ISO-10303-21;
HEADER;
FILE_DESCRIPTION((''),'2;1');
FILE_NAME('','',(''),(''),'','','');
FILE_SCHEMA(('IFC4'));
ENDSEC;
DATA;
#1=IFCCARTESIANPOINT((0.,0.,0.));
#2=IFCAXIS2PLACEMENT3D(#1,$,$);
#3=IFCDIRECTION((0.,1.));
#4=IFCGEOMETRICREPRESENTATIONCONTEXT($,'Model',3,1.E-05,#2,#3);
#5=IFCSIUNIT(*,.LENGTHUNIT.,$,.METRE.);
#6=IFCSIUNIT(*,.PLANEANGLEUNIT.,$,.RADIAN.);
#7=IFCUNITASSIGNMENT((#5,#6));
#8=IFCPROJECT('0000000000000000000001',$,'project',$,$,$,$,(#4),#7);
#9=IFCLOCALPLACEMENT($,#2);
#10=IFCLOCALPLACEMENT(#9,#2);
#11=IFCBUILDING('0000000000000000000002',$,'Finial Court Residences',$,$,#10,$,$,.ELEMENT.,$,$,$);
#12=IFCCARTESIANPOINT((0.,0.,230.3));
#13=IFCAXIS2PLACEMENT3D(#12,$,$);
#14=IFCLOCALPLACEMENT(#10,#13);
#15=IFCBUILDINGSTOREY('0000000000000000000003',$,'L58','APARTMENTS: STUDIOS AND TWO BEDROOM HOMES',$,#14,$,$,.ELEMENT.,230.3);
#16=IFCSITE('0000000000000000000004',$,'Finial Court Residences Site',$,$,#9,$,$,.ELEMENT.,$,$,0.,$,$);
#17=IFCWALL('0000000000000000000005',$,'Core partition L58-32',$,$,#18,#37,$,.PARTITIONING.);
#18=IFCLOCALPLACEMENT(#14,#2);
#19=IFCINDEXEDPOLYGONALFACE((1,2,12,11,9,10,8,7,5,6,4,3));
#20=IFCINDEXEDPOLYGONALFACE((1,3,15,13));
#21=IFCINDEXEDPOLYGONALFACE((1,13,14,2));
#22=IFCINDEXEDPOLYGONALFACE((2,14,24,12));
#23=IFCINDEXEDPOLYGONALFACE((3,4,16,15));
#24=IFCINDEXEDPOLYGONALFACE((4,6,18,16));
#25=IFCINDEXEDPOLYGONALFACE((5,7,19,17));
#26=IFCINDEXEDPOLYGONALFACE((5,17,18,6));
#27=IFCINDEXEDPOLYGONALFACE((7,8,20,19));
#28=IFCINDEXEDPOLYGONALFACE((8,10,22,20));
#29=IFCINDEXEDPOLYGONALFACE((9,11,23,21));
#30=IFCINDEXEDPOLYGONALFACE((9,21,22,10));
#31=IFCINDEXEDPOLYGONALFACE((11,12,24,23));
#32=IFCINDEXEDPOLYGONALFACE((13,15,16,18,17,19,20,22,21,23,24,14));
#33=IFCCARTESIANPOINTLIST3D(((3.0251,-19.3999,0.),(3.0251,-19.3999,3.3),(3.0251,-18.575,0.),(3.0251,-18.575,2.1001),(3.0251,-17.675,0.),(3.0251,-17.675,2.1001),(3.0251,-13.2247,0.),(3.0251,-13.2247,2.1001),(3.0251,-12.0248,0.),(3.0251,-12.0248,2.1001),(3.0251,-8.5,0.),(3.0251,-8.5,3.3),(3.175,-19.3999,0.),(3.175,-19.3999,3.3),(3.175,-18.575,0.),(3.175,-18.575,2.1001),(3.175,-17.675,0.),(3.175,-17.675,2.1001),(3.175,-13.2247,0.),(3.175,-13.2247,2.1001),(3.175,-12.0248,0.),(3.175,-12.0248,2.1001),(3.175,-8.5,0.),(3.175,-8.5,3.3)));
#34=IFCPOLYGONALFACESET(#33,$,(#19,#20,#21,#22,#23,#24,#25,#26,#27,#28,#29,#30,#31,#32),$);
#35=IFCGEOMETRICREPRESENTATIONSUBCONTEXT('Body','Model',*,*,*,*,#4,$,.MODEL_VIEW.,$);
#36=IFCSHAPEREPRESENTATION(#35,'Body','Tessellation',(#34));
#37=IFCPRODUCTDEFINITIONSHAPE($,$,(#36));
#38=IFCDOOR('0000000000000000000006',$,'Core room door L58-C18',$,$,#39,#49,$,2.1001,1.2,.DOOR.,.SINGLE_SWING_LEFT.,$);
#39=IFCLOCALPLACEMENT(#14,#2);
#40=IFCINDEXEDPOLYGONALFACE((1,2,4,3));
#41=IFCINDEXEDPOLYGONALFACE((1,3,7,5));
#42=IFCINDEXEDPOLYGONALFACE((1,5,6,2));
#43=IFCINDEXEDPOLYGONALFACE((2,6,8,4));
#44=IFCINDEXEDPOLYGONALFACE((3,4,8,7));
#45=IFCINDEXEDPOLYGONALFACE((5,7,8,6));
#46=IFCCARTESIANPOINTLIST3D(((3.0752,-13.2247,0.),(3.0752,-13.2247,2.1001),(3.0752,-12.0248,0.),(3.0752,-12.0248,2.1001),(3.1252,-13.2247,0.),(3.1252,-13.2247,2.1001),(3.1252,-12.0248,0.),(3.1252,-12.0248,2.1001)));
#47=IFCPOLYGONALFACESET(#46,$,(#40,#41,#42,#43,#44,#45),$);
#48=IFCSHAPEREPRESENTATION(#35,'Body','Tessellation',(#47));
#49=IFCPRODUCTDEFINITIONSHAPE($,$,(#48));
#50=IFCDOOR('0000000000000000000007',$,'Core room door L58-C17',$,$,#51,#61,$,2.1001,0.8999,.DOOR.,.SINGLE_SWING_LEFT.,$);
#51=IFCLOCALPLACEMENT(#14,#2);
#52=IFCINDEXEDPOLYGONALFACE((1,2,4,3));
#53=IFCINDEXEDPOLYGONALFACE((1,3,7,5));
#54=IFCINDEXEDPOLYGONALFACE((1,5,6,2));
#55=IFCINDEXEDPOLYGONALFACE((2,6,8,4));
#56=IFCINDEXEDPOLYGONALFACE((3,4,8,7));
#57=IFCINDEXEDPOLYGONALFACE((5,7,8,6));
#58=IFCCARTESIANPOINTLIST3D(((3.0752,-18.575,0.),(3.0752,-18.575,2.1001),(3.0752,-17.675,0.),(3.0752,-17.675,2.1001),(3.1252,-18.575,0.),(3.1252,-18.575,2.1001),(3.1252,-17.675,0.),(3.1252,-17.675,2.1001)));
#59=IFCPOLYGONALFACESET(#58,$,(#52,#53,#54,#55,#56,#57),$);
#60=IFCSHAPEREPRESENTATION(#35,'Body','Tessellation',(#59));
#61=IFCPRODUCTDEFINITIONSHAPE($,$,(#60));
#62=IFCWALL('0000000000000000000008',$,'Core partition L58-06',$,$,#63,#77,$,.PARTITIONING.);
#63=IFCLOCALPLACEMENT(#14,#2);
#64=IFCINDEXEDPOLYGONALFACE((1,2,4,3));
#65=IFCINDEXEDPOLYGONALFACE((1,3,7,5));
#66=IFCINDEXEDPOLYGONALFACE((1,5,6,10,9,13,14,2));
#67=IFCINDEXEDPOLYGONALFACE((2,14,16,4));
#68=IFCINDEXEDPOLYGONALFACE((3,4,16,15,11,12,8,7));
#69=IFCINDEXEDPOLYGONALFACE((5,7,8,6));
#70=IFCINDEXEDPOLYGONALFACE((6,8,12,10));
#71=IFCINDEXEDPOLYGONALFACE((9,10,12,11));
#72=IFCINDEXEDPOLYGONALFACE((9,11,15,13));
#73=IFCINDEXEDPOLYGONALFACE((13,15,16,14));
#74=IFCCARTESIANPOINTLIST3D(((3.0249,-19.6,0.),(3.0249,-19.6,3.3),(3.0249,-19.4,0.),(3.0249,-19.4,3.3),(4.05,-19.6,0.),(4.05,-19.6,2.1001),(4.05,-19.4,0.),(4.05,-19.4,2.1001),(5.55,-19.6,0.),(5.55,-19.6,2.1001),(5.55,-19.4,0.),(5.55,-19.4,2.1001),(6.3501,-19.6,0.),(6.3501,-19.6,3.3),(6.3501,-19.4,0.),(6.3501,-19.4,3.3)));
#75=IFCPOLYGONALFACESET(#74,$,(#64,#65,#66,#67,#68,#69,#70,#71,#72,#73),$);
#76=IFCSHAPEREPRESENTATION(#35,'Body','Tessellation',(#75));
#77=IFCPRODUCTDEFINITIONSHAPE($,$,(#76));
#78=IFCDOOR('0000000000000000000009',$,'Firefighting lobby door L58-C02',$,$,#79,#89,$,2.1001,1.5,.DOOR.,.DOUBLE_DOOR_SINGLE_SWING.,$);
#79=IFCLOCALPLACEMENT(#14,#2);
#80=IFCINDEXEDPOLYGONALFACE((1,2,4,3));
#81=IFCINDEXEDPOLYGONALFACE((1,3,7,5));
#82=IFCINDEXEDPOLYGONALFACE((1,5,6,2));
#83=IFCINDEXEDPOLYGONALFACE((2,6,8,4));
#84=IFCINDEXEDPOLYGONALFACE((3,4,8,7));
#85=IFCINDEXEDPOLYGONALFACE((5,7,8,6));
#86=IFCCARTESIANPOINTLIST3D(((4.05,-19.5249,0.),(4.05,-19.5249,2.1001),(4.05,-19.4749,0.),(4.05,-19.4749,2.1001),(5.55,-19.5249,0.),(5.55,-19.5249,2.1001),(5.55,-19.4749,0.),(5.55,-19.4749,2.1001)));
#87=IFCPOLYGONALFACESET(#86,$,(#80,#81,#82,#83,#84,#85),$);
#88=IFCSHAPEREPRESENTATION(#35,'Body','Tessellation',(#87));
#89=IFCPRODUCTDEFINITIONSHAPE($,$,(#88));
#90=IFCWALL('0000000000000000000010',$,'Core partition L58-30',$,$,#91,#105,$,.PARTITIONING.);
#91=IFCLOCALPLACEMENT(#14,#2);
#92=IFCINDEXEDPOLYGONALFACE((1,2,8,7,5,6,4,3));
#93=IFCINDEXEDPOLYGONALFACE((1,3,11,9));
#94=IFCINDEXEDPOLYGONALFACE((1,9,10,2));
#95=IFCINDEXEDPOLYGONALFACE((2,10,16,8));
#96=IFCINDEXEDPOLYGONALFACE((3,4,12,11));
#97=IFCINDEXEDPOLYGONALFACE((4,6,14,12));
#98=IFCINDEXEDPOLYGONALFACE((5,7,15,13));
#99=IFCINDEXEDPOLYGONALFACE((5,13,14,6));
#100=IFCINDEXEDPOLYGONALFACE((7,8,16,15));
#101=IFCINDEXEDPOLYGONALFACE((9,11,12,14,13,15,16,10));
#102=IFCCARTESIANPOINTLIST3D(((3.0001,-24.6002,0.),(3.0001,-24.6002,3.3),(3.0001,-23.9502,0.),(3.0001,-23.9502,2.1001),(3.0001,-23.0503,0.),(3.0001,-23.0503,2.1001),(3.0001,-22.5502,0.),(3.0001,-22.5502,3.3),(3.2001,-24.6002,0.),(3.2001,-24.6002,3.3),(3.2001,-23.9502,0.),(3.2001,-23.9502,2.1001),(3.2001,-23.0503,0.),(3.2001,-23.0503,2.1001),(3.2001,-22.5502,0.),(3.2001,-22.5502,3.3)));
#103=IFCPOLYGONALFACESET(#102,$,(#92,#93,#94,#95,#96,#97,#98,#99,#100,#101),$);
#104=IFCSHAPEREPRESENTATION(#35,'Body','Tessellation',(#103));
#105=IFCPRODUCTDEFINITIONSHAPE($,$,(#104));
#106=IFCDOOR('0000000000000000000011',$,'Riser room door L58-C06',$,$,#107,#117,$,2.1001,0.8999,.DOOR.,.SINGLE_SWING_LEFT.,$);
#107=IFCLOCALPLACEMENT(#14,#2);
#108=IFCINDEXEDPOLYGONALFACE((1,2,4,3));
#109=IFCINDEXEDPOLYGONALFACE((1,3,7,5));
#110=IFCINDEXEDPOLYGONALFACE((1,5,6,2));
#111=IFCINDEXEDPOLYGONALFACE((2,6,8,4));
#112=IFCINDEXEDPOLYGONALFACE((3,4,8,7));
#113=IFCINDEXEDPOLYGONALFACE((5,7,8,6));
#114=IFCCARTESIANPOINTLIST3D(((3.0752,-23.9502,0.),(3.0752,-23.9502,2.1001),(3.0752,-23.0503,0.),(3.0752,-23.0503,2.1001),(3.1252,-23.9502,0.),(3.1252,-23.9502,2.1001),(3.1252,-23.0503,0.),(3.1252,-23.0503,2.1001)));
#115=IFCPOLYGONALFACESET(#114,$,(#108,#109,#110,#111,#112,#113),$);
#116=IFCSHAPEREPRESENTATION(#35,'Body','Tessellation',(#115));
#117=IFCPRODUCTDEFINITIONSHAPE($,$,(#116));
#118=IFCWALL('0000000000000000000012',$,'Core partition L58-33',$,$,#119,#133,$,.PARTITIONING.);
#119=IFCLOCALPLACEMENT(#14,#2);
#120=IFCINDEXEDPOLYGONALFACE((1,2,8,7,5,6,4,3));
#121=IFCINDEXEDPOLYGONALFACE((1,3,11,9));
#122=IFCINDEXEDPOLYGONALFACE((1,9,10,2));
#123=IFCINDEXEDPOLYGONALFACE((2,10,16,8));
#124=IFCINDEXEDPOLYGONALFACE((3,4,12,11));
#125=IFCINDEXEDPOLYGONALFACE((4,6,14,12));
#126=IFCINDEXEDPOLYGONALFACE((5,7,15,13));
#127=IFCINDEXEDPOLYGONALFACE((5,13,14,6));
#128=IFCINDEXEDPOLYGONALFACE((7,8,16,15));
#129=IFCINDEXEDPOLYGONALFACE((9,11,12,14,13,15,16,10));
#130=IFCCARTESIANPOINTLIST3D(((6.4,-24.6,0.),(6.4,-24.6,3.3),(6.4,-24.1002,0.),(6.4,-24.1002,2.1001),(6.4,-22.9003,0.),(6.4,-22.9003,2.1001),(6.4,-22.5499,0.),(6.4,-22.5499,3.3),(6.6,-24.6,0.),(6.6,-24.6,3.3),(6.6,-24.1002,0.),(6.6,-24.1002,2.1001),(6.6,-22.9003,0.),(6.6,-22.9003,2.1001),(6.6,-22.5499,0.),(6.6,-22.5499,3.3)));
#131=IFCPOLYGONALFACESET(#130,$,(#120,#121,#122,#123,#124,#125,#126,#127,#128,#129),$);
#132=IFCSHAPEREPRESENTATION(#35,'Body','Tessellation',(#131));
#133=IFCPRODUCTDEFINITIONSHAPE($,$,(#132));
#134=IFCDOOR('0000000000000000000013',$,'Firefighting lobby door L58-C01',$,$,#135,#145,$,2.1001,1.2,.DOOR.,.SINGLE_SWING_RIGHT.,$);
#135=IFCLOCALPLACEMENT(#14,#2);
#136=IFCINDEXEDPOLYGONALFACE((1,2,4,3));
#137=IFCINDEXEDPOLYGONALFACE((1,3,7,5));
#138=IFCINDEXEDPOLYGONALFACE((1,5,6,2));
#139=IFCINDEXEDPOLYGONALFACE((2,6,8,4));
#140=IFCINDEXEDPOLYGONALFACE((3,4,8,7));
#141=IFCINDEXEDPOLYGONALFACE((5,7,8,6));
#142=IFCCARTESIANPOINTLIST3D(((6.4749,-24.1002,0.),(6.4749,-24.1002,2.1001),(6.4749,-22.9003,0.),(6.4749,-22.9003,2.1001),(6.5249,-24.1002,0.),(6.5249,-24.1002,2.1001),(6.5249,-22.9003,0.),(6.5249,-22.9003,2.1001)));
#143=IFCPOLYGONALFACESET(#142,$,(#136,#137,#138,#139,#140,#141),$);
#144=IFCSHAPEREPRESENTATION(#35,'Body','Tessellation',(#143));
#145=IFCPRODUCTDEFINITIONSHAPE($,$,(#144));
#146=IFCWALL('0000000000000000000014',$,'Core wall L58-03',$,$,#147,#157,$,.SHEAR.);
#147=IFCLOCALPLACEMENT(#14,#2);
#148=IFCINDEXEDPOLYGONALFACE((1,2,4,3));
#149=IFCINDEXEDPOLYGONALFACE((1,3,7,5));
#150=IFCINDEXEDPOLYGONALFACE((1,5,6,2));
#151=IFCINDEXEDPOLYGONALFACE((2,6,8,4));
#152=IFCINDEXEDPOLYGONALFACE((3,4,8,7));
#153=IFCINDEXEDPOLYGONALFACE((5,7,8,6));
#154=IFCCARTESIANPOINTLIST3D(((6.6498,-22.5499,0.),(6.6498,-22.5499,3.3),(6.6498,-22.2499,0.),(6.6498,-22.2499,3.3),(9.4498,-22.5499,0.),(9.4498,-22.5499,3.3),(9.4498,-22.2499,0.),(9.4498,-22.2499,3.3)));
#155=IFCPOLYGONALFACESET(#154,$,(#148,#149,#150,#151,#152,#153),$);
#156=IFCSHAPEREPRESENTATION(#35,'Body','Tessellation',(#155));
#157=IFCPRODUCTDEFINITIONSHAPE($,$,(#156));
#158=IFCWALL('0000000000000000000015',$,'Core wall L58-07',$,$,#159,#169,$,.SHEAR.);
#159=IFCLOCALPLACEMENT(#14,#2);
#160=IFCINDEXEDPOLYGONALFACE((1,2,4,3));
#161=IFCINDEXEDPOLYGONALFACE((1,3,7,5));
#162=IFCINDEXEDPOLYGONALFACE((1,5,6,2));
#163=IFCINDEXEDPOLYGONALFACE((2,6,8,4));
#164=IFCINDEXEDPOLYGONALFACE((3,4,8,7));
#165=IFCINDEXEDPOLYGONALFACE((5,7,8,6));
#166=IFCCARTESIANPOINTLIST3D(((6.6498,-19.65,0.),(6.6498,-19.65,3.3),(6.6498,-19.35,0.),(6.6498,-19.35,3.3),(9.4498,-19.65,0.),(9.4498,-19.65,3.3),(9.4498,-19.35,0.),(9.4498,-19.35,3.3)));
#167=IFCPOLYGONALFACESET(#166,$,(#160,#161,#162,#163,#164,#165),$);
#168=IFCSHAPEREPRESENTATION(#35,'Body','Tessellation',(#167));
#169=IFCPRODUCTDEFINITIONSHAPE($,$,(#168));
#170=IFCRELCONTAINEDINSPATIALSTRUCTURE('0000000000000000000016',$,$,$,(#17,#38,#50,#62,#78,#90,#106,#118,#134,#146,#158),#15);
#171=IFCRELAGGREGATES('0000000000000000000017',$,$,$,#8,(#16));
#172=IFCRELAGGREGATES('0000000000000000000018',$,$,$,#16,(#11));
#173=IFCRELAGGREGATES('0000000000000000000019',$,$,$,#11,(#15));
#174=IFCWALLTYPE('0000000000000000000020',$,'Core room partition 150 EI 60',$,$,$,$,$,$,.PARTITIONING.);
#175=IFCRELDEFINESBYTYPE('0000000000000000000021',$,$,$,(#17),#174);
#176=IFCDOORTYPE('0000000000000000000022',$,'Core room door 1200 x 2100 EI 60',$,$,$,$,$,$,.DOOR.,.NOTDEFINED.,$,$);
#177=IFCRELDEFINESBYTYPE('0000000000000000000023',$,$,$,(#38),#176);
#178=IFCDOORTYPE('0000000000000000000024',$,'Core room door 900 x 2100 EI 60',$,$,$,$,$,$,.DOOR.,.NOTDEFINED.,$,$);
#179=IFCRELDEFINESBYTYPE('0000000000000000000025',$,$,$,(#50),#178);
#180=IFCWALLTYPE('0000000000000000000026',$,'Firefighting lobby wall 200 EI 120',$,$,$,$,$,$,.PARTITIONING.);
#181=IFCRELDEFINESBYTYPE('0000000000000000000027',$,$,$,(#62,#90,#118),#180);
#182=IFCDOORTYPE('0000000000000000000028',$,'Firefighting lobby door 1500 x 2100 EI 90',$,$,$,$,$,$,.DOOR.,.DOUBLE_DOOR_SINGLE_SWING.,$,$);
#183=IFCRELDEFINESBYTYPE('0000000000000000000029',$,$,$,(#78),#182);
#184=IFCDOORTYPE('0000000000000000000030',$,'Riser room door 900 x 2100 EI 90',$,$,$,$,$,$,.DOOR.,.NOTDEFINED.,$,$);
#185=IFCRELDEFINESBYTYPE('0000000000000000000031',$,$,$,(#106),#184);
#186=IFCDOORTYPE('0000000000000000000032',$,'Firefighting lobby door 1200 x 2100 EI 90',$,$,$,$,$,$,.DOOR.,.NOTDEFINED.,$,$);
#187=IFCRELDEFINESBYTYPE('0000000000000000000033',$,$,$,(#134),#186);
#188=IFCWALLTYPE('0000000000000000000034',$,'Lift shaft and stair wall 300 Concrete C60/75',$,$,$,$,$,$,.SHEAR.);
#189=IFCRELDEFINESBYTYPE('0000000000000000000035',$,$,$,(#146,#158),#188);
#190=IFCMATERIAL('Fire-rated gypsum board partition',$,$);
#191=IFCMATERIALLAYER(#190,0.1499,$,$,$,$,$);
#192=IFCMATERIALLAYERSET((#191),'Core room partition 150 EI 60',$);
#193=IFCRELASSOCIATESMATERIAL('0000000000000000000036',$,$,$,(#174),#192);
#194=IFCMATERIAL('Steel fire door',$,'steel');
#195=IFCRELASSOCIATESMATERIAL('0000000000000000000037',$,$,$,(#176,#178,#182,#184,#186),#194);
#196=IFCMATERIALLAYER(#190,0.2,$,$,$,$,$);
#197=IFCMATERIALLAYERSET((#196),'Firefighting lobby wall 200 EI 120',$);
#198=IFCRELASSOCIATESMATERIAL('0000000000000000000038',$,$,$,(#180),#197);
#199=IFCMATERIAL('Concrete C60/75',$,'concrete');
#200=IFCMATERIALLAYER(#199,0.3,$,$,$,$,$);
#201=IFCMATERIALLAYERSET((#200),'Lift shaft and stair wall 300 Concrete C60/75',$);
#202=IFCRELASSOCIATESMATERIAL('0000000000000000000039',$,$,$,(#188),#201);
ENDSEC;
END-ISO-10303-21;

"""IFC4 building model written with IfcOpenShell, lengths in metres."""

from ifc_helpers import new_model, si_unit, direction, frame, frame_2d, origin, place, context, subcontext, project, spatial, rectangle, extrude, material, layer, layer_set, type_object, element, fill, save


model = new_model("IFC4")

# Units and contexts
model_context = context("Model", 3, precision=1e-05, world=origin(), true_north=direction((0.0, 1.0)))
body_context = subcontext(model_context, "Body", "Model", "MODEL_VIEW")
ifc_project = project(units=[si_unit("LENGTHUNIT", "METRE"), si_unit("PLANEANGLEUNIT", "RADIAN")], contexts=[model_context])

# Site, building, storey
site_placement = place(None, origin())
site = spatial("IfcSite", under=ifc_project, at=site_placement, Name="Finial Court Residences Site", CompositionType="ELEMENT", RefElevation=0.0)
building_placement = place(site_placement, origin())
building = spatial("IfcBuilding", under=site, at=building_placement, Name="Finial Court Residences", CompositionType="ELEMENT")
storey_placement = place(building_placement, frame((0.0, 0.0, 230.3)))
storey = spatial("IfcBuildingStorey", under=building, at=storey_placement, Name="L58", Description="APARTMENTS: STUDIOS AND TWO BEDROOM HOMES", CompositionType="ELEMENT", Elevation=230.3)

# Wall, openings, doors
ifc_material_1 = material(Name="Fire-rated gypsum board partition")
ifc_layer_1 = layer(ifc_material_1, 0.1499)
ifc_layer_set_1 = layer_set([ifc_layer_1], Name="Core room partition 150 EI 60")
wall_type_1 = type_object("IfcWallType", Name="Core room partition 150 EI 60", PredefinedType="PARTITIONING", material=ifc_layer_set_1)
wall_1_placement = place(storey_placement, frame((3.1001, -19.3999, 0.0), z_axis=(0.0, 0.0, 1.0), x_axis=(0.0, 1.0, 0.0)))
wall_1 = element("IfcWall", 1, at=wall_1_placement, inside=storey, type_object=wall_type_1, Name="Core partition L58-32", PredefinedType="PARTITIONING", context=body_context, shape_type="SweptSolid", body=[
    extrude(rectangle(XDim=10.8999, YDim=0.1499, at=frame_2d((5.45, 0.0))), origin(), (0.0, 0.0, 1.0), 3.3),
])
opening_1_placement = place(wall_1_placement, frame((0.825, 0.0, 0.0)))
opening_1 = element("IfcOpeningElement", 2, at=opening_1_placement, cuts=wall_1, PredefinedType="OPENING", context=body_context, shape_type="SweptSolid", body=[
    extrude(rectangle(XDim=0.8999, YDim=2.1001, at=frame_2d((0.45, 1.05))), frame((0.0, 0.085, 0.0), z_axis=(0.0, -1.0, 0.0), x_axis=(1.0, 0.0, 0.0)), (0.0, 0.0, 1.0), 0.1699),
])
opening_2_placement = place(wall_1_placement, frame((6.175, 0.0, 0.0)))
opening_2 = element("IfcOpeningElement", 3, at=opening_2_placement, cuts=wall_1, PredefinedType="OPENING", context=body_context, shape_type="SweptSolid", body=[
    extrude(rectangle(XDim=1.2, YDim=2.1001, at=frame_2d((0.6001, 1.05))), frame((0.0, 0.085, 0.0), z_axis=(0.0, -1.0, 0.0), x_axis=(1.0, 0.0, 0.0)), (0.0, 0.0, 1.0), 0.1699),
])
ifc_material_2 = material(Name="Steel fire door", Category="steel")
door_type_1 = type_object("IfcDoorType", Name="Core room door 1200 x 2100 EI 60", OperationType="NOTDEFINED", PredefinedType="DOOR", material=ifc_material_2)
door_1_placement = place(opening_2_placement, origin())
door_1 = element("IfcDoor", 4, at=door_1_placement, inside=storey, type_object=door_type_1, Name="Core room door L58-C18", OperationType="SINGLE_SWING_LEFT", OverallHeight=2.1001, OverallWidth=1.2, PredefinedType="DOOR", context=body_context, shape_type="SweptSolid", body=[
    extrude(rectangle(XDim=1.2, YDim=2.1001, at=frame_2d((0.6001, 1.05))), frame((0.0, 0.0249, 0.0), z_axis=(0.0, -1.0, 0.0), x_axis=(1.0, 0.0, 0.0)), (0.0, 0.0, 1.0), 0.05),
])
fill(opening_2, door_1)
door_type_2 = type_object("IfcDoorType", Name="Core room door 900 x 2100 EI 60", OperationType="NOTDEFINED", PredefinedType="DOOR", material=ifc_material_2)
door_2_placement = place(opening_1_placement, origin())
door_2 = element("IfcDoor", 5, at=door_2_placement, inside=storey, type_object=door_type_2, Name="Core room door L58-C17", OperationType="SINGLE_SWING_LEFT", OverallHeight=2.1001, OverallWidth=0.8999, PredefinedType="DOOR", context=body_context, shape_type="SweptSolid", body=[
    extrude(rectangle(XDim=0.8999, YDim=2.1001, at=frame_2d((0.45, 1.05))), frame((0.0, 0.0249, 0.0), z_axis=(0.0, -1.0, 0.0), x_axis=(1.0, 0.0, 0.0)), (0.0, 0.0, 1.0), 0.05),
])
fill(opening_1, door_2)

# Walls, openings, doors
ifc_layer_2 = layer(ifc_material_1, 0.2)
ifc_layer_set_2 = layer_set([ifc_layer_2], Name="Firefighting lobby wall 200 EI 120")
wall_type_2 = type_object("IfcWallType", Name="Firefighting lobby wall 200 EI 120", PredefinedType="PARTITIONING", material=ifc_layer_set_2)
wall_2_placement = place(storey_placement, frame((6.3501, -19.5, 0.0), z_axis=(0.0, 0.0, 1.0), x_axis=(-1.0, 0.0, 0.0)))
wall_2 = element("IfcWall", 6, at=wall_2_placement, inside=storey, type_object=wall_type_2, Name="Core partition L58-06", PredefinedType="PARTITIONING", context=body_context, shape_type="SweptSolid", body=[
    extrude(rectangle(XDim=3.3252, YDim=0.2, at=frame_2d((1.6626, 0.0))), origin(), (0.0, 0.0, 1.0), 3.3),
])
opening_3_placement = place(wall_2_placement, frame((0.8, 0.0, 0.0)))
opening_3 = element("IfcOpeningElement", 7, at=opening_3_placement, cuts=wall_2, PredefinedType="OPENING", context=body_context, shape_type="SweptSolid", body=[
    extrude(rectangle(XDim=1.5, YDim=2.1001, at=frame_2d((0.75, 1.05))), frame((0.0, 0.1099, 0.0), z_axis=(0.0, -1.0, 0.0), x_axis=(1.0, 0.0, 0.0)), (0.0, 0.0, 1.0), 0.22),
])
door_type_3 = type_object("IfcDoorType", Name="Firefighting lobby door 1500 x 2100 EI 90", OperationType="DOUBLE_DOOR_SINGLE_SWING", PredefinedType="DOOR", material=ifc_material_2)
door_3_placement = place(opening_3_placement, origin())
door_3 = element("IfcDoor", 8, at=door_3_placement, inside=storey, type_object=door_type_3, Name="Firefighting lobby door L58-C02", OperationType="DOUBLE_DOOR_SINGLE_SWING", OverallHeight=2.1001, OverallWidth=1.5, PredefinedType="DOOR", context=body_context, shape_type="SweptSolid", body=[
    extrude(rectangle(XDim=1.5, YDim=2.1001, at=frame_2d((0.75, 1.05))), frame((0.0, 0.0249, 0.0), z_axis=(0.0, -1.0, 0.0), x_axis=(1.0, 0.0, 0.0)), (0.0, 0.0, 1.0), 0.05),
])
fill(opening_3, door_3)
wall_3_placement = place(storey_placement, frame((3.1001, -24.6001, 0.0), z_axis=(0.0, 0.0, 1.0), x_axis=(0.0, 1.0, 0.0)))
wall_3 = element("IfcWall", 9, at=wall_3_placement, inside=storey, type_object=wall_type_2, Name="Core partition L58-30", PredefinedType="PARTITIONING", context=body_context, shape_type="SweptSolid", body=[
    extrude(rectangle(XDim=2.05, YDim=0.2, at=frame_2d((1.0249, 0.0))), origin(), (0.0, 0.0, 1.0), 3.3),
])
opening_4_placement = place(wall_3_placement, frame((0.6499, 0.0, 0.0)))
opening_4 = element("IfcOpeningElement", 10, at=opening_4_placement, cuts=wall_3, PredefinedType="OPENING", context=body_context, shape_type="SweptSolid", body=[
    extrude(rectangle(XDim=0.8999, YDim=2.1001, at=frame_2d((0.45, 1.05))), frame((0.0, 0.1099, 0.0), z_axis=(0.0, -1.0, 0.0), x_axis=(1.0, 0.0, 0.0)), (0.0, 0.0, 1.0), 0.22),
])
door_type_4 = type_object("IfcDoorType", Name="Riser room door 900 x 2100 EI 90", OperationType="NOTDEFINED", PredefinedType="DOOR", material=ifc_material_2)
door_4_placement = place(opening_4_placement, origin())
door_4 = element("IfcDoor", 11, at=door_4_placement, inside=storey, type_object=door_type_4, Name="Riser room door L58-C06", OperationType="SINGLE_SWING_LEFT", OverallHeight=2.1001, OverallWidth=0.8999, PredefinedType="DOOR", context=body_context, shape_type="SweptSolid", body=[
    extrude(rectangle(XDim=0.8999, YDim=2.1001, at=frame_2d((0.45, 1.05))), frame((0.0, 0.0249, 0.0), z_axis=(0.0, -1.0, 0.0), x_axis=(1.0, 0.0, 0.0)), (0.0, 0.0, 1.0), 0.05),
])
fill(opening_4, door_4)
wall_4_placement = place(storey_placement, frame((6.5, -22.55, 0.0), z_axis=(0.0, 0.0, 1.0), x_axis=(0.0, -1.0, 0.0)))
wall_4 = element("IfcWall", 12, at=wall_4_placement, inside=storey, type_object=wall_type_2, Name="Core partition L58-33", PredefinedType="PARTITIONING", context=body_context, shape_type="SweptSolid", body=[
    extrude(rectangle(XDim=2.05, YDim=0.2, at=frame_2d((1.0249, 0.0))), origin(), (0.0, 0.0, 1.0), 3.3),
])
opening_5_placement = place(wall_4_placement, frame((0.3501, 0.0, 0.0)))
opening_5 = element("IfcOpeningElement", 13, at=opening_5_placement, cuts=wall_4, PredefinedType="OPENING", context=body_context, shape_type="SweptSolid", body=[
    extrude(rectangle(XDim=1.2, YDim=2.1001, at=frame_2d((0.6001, 1.05))), frame((0.0, 0.1099, 0.0), z_axis=(0.0, -1.0, 0.0), x_axis=(1.0, 0.0, 0.0)), (0.0, 0.0, 1.0), 0.22),
])
door_type_5 = type_object("IfcDoorType", Name="Firefighting lobby door 1200 x 2100 EI 90", OperationType="NOTDEFINED", PredefinedType="DOOR", material=ifc_material_2)
door_5_placement = place(opening_5_placement, origin())
door_5 = element("IfcDoor", 14, at=door_5_placement, inside=storey, type_object=door_type_5, Name="Firefighting lobby door L58-C01", OperationType="SINGLE_SWING_RIGHT", OverallHeight=2.1001, OverallWidth=1.2, PredefinedType="DOOR", context=body_context, shape_type="SweptSolid", body=[
    extrude(rectangle(XDim=1.2, YDim=2.1001, at=frame_2d((0.6001, 1.05))), frame((0.0, 0.0249, 0.0), z_axis=(0.0, -1.0, 0.0), x_axis=(1.0, 0.0, 0.0)), (0.0, 0.0, 1.0), 0.05),
])
fill(opening_5, door_5)

# Walls
ifc_material_3 = material(Name="Concrete C60/75", Category="concrete")
ifc_layer_3 = layer(ifc_material_3, 0.3)
ifc_layer_set_3 = layer_set([ifc_layer_3], Name="Lift shaft and stair wall 300 Concrete C60/75")
wall_type_3 = type_object("IfcWallType", Name="Lift shaft and stair wall 300 Concrete C60/75", PredefinedType="SHEAR", material=ifc_layer_set_3)
for number, where, z_axis, x_axis, name in (
    (15, (6.6499, -22.3999, 0.0), (0.0, 0.0, 1.0), (1.0, 0.0, 0.0), "Core wall L58-03"),
    (16, (6.6499, -19.5, 0.0), (0.0, 0.0, 1.0), (1.0, 0.0, 0.0), "Core wall L58-07"),
):
    element("IfcWall", number, at=place(storey_placement, frame(where, z_axis=z_axis, x_axis=x_axis)), inside=storey, type_object=wall_type_3, Name=name, PredefinedType="SHEAR", context=body_context, shape_type="SweptSolid", body=[
        extrude(rectangle(XDim=2.8, YDim=0.3, at=frame_2d((1.3999, 0.0))), origin(), (0.0, 0.0, 1.0), 3.3),
    ])

save(model, "model.ifc")
